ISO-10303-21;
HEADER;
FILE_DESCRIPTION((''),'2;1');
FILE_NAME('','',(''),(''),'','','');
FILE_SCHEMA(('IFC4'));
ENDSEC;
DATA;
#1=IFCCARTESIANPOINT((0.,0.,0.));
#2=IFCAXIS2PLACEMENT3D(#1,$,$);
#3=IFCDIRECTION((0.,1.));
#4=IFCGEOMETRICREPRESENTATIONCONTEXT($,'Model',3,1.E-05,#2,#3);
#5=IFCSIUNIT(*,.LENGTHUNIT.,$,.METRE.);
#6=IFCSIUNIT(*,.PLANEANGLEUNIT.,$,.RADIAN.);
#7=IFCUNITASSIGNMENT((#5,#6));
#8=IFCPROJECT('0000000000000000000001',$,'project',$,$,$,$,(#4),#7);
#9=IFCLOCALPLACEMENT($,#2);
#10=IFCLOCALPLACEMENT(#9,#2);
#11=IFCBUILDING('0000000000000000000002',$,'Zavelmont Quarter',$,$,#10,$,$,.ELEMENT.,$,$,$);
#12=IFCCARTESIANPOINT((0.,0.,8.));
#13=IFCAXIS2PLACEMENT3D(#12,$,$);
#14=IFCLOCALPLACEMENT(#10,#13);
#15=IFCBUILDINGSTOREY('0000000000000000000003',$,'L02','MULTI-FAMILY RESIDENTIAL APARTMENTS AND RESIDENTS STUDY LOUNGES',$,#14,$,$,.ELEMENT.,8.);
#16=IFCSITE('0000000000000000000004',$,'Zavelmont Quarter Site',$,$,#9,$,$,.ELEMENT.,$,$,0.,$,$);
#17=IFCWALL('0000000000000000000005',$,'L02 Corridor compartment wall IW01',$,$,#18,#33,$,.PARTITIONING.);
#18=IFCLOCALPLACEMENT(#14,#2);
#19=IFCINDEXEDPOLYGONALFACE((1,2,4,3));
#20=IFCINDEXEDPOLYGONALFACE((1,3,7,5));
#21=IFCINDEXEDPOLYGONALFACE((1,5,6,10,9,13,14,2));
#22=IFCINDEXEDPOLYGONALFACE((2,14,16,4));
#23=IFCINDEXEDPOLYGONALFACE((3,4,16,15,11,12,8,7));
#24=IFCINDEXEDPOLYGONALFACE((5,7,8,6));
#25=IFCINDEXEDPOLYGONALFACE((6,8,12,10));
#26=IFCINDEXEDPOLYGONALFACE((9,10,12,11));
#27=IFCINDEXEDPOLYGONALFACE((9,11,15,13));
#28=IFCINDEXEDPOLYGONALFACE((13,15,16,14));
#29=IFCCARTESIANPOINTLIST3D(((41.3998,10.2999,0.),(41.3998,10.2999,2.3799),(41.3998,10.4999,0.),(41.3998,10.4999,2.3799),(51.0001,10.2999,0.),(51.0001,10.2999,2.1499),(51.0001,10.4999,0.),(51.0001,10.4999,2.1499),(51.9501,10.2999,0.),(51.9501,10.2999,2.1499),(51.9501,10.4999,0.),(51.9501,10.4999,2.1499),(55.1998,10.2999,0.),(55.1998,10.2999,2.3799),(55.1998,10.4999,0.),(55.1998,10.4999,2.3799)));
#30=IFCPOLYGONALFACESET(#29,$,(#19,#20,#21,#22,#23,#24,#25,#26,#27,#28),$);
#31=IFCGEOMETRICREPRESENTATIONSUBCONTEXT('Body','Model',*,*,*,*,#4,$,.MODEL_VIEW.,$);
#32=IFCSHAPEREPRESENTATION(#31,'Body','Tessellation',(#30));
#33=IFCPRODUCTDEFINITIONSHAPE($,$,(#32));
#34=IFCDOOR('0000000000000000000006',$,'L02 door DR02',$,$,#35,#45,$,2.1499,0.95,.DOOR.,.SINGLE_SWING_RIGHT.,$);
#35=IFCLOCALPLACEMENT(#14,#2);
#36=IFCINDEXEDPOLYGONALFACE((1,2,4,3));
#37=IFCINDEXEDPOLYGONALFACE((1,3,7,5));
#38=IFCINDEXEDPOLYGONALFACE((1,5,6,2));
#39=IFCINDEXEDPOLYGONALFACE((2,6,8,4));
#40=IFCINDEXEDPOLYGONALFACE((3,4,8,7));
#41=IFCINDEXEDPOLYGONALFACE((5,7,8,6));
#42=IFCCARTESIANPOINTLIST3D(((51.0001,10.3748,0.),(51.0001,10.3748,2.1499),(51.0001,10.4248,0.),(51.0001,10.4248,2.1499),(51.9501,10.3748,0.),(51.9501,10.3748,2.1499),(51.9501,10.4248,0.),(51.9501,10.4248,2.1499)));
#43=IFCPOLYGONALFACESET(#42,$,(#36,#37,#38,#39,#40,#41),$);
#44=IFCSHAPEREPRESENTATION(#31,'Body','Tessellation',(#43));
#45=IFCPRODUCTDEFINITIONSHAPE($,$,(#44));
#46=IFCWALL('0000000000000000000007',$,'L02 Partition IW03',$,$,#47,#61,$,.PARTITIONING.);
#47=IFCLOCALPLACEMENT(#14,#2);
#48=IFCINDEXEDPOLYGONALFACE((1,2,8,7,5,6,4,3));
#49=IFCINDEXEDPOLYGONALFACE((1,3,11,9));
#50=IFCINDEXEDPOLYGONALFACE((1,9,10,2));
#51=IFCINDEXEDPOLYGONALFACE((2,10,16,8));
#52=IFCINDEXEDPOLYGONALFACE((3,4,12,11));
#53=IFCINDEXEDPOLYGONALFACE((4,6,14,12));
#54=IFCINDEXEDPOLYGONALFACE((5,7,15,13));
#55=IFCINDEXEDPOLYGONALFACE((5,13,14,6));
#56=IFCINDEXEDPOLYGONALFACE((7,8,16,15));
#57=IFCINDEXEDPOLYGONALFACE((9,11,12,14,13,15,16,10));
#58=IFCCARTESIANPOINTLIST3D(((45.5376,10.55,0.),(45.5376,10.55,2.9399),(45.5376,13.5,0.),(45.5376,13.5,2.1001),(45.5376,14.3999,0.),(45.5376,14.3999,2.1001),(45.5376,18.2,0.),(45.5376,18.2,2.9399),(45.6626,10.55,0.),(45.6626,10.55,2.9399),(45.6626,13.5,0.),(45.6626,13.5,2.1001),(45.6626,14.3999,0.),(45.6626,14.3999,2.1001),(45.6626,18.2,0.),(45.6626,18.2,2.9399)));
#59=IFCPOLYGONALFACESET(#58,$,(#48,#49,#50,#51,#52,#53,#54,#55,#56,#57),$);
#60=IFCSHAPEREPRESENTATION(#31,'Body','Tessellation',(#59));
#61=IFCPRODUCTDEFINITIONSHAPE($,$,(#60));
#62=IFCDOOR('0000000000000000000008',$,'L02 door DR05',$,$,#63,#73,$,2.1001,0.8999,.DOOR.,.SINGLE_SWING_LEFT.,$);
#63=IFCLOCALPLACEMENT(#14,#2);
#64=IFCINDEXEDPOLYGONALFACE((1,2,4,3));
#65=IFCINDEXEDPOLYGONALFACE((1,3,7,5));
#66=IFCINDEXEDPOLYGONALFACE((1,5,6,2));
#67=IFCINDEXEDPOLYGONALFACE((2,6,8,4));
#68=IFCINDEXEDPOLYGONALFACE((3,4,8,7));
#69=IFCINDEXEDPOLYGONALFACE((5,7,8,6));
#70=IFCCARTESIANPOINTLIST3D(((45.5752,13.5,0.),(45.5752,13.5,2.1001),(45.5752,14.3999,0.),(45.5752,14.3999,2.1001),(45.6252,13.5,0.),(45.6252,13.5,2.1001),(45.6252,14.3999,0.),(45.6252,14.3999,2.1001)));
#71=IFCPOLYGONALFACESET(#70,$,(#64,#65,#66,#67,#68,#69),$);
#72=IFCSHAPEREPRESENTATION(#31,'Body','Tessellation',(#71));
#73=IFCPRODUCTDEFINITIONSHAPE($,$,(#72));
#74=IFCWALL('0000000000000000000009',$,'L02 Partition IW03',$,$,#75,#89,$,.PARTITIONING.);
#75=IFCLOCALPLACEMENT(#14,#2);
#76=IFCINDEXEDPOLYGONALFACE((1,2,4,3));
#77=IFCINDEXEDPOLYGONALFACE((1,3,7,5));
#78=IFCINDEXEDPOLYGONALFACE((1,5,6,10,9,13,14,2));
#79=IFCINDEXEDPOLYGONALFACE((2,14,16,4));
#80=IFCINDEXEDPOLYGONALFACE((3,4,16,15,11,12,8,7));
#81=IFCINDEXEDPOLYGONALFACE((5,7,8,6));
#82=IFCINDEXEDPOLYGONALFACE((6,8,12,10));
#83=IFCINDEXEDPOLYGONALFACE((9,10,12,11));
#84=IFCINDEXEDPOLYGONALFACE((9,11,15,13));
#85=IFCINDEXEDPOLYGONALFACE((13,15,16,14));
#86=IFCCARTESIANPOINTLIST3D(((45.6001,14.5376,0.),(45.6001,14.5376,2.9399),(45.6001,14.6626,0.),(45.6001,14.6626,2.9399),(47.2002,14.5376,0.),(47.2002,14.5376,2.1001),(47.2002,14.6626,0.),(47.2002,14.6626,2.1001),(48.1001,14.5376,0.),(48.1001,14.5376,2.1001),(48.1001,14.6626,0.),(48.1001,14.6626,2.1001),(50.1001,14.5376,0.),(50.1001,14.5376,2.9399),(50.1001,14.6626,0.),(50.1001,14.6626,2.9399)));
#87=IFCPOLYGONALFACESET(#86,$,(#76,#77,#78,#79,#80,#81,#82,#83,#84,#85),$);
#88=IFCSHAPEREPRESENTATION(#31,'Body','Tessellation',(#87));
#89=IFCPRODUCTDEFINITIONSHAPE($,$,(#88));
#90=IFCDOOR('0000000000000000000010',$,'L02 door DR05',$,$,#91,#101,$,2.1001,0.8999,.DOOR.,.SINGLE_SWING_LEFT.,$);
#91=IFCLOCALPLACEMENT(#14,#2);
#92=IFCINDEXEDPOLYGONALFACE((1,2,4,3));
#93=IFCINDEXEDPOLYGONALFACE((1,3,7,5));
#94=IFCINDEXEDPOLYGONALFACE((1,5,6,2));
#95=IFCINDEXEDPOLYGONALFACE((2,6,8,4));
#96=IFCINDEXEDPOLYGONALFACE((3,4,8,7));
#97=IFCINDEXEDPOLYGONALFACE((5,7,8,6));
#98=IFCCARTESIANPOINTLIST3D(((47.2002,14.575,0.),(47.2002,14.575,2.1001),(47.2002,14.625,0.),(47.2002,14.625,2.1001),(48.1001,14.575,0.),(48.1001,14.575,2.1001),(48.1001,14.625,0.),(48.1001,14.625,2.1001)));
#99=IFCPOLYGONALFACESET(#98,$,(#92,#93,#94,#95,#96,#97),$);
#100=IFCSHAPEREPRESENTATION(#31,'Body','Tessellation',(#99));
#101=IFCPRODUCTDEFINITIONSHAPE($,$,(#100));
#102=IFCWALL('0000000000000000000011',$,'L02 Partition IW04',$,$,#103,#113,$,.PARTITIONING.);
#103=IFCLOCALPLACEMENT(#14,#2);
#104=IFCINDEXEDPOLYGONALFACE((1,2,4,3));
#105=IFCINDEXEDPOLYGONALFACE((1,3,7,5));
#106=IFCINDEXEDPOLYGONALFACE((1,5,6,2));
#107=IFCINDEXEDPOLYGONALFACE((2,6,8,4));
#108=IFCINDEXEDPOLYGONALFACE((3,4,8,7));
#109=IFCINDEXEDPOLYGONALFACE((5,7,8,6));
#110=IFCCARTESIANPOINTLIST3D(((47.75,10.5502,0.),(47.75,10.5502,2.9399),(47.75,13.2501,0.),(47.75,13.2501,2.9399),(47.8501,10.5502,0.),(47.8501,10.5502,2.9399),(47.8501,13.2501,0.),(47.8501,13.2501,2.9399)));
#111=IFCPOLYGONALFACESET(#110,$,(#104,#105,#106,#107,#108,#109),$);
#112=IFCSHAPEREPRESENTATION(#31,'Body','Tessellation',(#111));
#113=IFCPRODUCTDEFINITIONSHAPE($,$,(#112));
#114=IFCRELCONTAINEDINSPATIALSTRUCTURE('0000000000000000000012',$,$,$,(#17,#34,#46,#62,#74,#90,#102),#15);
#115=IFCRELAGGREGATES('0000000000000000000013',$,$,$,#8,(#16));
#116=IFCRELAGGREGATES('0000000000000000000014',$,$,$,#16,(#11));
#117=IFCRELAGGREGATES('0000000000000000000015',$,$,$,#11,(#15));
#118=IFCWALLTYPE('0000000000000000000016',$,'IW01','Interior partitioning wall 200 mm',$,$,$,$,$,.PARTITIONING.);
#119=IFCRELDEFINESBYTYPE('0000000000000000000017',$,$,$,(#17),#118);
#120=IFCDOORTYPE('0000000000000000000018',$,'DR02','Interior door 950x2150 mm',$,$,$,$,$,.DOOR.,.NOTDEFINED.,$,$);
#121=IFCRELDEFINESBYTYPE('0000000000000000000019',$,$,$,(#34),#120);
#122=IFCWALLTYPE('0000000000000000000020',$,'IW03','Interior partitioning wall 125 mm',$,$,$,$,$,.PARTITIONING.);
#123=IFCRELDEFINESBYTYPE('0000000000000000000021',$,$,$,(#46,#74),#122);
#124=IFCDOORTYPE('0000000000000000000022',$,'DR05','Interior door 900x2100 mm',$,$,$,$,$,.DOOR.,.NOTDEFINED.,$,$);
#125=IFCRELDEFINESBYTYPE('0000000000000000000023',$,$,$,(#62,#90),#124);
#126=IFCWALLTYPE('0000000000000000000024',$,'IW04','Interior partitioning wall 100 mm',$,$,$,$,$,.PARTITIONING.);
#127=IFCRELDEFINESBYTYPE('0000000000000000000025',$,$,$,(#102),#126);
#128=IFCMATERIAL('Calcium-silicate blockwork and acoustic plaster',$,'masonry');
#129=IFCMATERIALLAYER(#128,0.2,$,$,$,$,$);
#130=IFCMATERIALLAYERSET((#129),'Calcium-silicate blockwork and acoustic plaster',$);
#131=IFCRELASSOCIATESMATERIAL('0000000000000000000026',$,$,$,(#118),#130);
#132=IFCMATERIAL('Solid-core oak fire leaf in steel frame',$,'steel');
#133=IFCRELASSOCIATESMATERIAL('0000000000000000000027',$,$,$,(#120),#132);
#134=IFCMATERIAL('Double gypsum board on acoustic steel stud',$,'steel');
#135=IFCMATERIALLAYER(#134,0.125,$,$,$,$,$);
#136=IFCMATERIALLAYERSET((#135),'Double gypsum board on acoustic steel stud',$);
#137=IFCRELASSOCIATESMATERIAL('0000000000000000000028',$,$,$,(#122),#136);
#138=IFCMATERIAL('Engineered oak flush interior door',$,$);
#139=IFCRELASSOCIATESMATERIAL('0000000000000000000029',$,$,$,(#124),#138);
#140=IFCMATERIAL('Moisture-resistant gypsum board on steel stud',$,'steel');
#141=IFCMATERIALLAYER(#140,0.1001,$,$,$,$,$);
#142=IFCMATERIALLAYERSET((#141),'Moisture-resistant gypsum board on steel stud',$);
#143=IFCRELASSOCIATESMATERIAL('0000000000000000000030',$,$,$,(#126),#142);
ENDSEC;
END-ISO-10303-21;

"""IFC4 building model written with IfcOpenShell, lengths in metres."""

from ifc_helpers import new_model, si_unit, direction, frame, frame_2d, origin, origin_with_axes, place, context, subcontext, project, spatial, rectangle, extrude, material, layer, layer_set, type_object, element, fill, save


model = new_model("IFC4")

# Units and contexts
model_context = context("Model", 3, precision=1e-05, world=origin(), true_north=direction((0.0, 1.0)))
body_context = subcontext(model_context, "Body", "Model", "MODEL_VIEW")
ifc_project = project(units=[si_unit("LENGTHUNIT", "METRE"), si_unit("PLANEANGLEUNIT", "RADIAN")], contexts=[model_context])

# Site, building, storey
site_placement = place(None, origin())
site = spatial("IfcSite", under=ifc_project, at=site_placement, Name="Zavelmont Quarter Site", CompositionType="ELEMENT", RefElevation=0.0)
building_placement = place(site_placement, origin())
building = spatial("IfcBuilding", under=site, at=building_placement, Name="Zavelmont Quarter", CompositionType="ELEMENT")
storey_placement = place(building_placement, frame((0.0, 0.0, 8.0)))
storey = spatial("IfcBuildingStorey", under=building, at=storey_placement, Name="L02", Description="MULTI-FAMILY RESIDENTIAL APARTMENTS AND RESIDENTS STUDY LOUNGES", CompositionType="ELEMENT", Elevation=8.0)

# Shared definitions
ifc_material_1 = material(Name="Calcium-silicate blockwork and acoustic plaster", Category="masonry")
ifc_layer_1 = layer(ifc_material_1, 0.2)
ifc_layer_set_1 = layer_set([ifc_layer_1], Name="Calcium-silicate blockwork and acoustic plaster")
wall_type_1 = type_object("IfcWallType", Name="IW01", Description="Interior partitioning wall 200 mm", PredefinedType="PARTITIONING", material=ifc_layer_set_1)

# Walls, openings, doors
wall_1_placement = place(storey_placement, frame((41.3999, 10.3999, 0.0), z_axis=(0.0, 0.0, 1.0), x_axis=(1.0, 0.0, 0.0)))
wall_1 = element("IfcWall", 1, at=wall_1_placement, inside=storey, type_object=wall_type_1, Name="L02 Corridor compartment wall IW01", PredefinedType="PARTITIONING", context=body_context, shape_type="SweptSolid", body=[
    extrude(rectangle(XDim=13.8, YDim=0.2, at=frame_2d((6.8999, 0.0))), origin(), (0.0, 0.0, 1.0), 2.3799),
])
opening_1_placement = place(wall_1_placement, frame((9.6001, 0.0, 0.0)))
opening_1 = element("IfcOpeningElement", 2, at=opening_1_placement, cuts=wall_1, PredefinedType="OPENING", context=body_context, shape_type="SweptSolid", body=[
    extrude(rectangle(XDim=0.95, YDim=2.1499, at=frame_2d((0.4751, 1.075))), frame((0.0, 0.1118, 0.0), z_axis=(0.0, -1.0, 0.0), x_axis=(1.0, 0.0, 0.0)), (0.0, 0.0, 1.0), 0.2239),
])
ifc_material_2 = material(Name="Solid-core oak fire leaf in steel frame", Category="steel")
door_type_1 = type_object("IfcDoorType", Name="DR02", Description="Interior door 950x2150 mm", OperationType="NOTDEFINED", PredefinedType="DOOR", material=ifc_material_2)
door_1_placement = place(opening_1_placement, origin_with_axes())
door_1 = element("IfcDoor", 3, at=door_1_placement, inside=storey, type_object=door_type_1, Name="L02 door DR02", OperationType="SINGLE_SWING_RIGHT", OverallHeight=2.1499, OverallWidth=0.95, PredefinedType="DOOR", context=body_context, shape_type="SweptSolid", body=[
    extrude(rectangle(XDim=0.95, YDim=2.1499, at=frame_2d((0.4751, 1.075))), frame((0.0, 0.0249, 0.0), z_axis=(0.0, -1.0, 0.0), x_axis=(1.0, 0.0, 0.0)), (0.0, 0.0, 1.0), 0.05),
])
fill(opening_1, door_1)
ifc_material_3 = material(Name="Double gypsum board on acoustic steel stud", Category="steel")
ifc_layer_2 = layer(ifc_material_3, 0.125)
ifc_layer_set_2 = layer_set([ifc_layer_2], Name="Double gypsum board on acoustic steel stud")
wall_type_2 = type_object("IfcWallType", Name="IW03", Description="Interior partitioning wall 125 mm", PredefinedType="PARTITIONING", material=ifc_layer_set_2)
wall_2_placement = place(storey_placement, frame((45.6001, 10.55, 0.0), z_axis=(0.0, 0.0, 1.0), x_axis=(0.0, 1.0, 0.0)))
wall_2 = element("IfcWall", 4, at=wall_2_placement, inside=storey, type_object=wall_type_2, Name="L02 Partition IW03", PredefinedType="PARTITIONING", context=body_context, shape_type="SweptSolid", body=[
    extrude(rectangle(XDim=7.6499, YDim=0.125, at=frame_2d((3.825, 0.0))), origin(), (0.0, 0.0, 1.0), 2.9399),
])
opening_2_placement = place(wall_2_placement, frame((2.95, 0.0, 0.0)))
opening_2 = element("IfcOpeningElement", 5, at=opening_2_placement, cuts=wall_2, PredefinedType="OPENING", context=body_context, shape_type="SweptSolid", body=[
    extrude(rectangle(XDim=0.8999, YDim=2.1001, at=frame_2d((0.45, 1.05))), frame((0.0, 0.0745, 0.0), z_axis=(0.0, -1.0, 0.0), x_axis=(1.0, 0.0, 0.0)), (0.0, 0.0, 1.0), 0.1489),
])
ifc_material_4 = material(Name="Engineered oak flush interior door")
door_type_2 = type_object("IfcDoorType", Name="DR05", Description="Interior door 900x2100 mm", OperationType="NOTDEFINED", PredefinedType="DOOR", material=ifc_material_4)
door_2_placement = place(opening_2_placement, origin_with_axes())
door_2 = element("IfcDoor", 6, at=door_2_placement, inside=storey, type_object=door_type_2, Name="L02 door DR05", OperationType="SINGLE_SWING_LEFT", OverallHeight=2.1001, OverallWidth=0.8999, PredefinedType="DOOR", context=body_context, shape_type="SweptSolid", body=[
    extrude(rectangle(XDim=0.8999, YDim=2.1001, at=frame_2d((0.45, 1.05))), frame((0.0, 0.0249, 0.0), z_axis=(0.0, -1.0, 0.0), x_axis=(1.0, 0.0, 0.0)), (0.0, 0.0, 1.0), 0.05),
])
fill(opening_2, door_2)
wall_3_placement = place(storey_placement, frame((45.6001, 14.6001, 0.0), z_axis=(0.0, 0.0, 1.0), x_axis=(1.0, 0.0, 0.0)))
wall_3 = element("IfcWall", 7, at=wall_3_placement, inside=storey, type_object=wall_type_2, Name="L02 Partition IW03", PredefinedType="PARTITIONING", context=body_context, shape_type="SweptSolid", body=[
    extrude(rectangle(XDim=4.5, YDim=0.125, at=frame_2d((2.25, 0.0))), origin(), (0.0, 0.0, 1.0), 2.9399),
])
opening_3_placement = place(wall_3_placement, frame((1.6001, 0.0, 0.0)))
opening_3 = element("IfcOpeningElement", 8, at=opening_3_placement, cuts=wall_3, PredefinedType="OPENING", context=body_context, shape_type="SweptSolid", body=[
    extrude(rectangle(XDim=0.8999, YDim=2.1001, at=frame_2d((0.45, 1.05))), frame((0.0, 0.0745, 0.0), z_axis=(0.0, -1.0, 0.0), x_axis=(1.0, 0.0, 0.0)), (0.0, 0.0, 1.0), 0.1489),
])
door_3_placement = place(opening_3_placement, origin_with_axes())
door_3 = element("IfcDoor", 9, at=door_3_placement, inside=storey, type_object=door_type_2, Name="L02 door DR05", OperationType="SINGLE_SWING_LEFT", OverallHeight=2.1001, OverallWidth=0.8999, PredefinedType="DOOR", context=body_context, shape_type="SweptSolid", body=[
    extrude(rectangle(XDim=0.8999, YDim=2.1001, at=frame_2d((0.45, 1.05))), frame((0.0, 0.0249, 0.0), z_axis=(0.0, -1.0, 0.0), x_axis=(1.0, 0.0, 0.0)), (0.0, 0.0, 1.0), 0.05),
])
fill(opening_3, door_3)

# Wall
ifc_material_5 = material(Name="Moisture-resistant gypsum board on steel stud", Category="steel")
ifc_layer_3 = layer(ifc_material_5, 0.1001)
ifc_layer_set_3 = layer_set([ifc_layer_3], Name="Moisture-resistant gypsum board on steel stud")
wall_type_3 = type_object("IfcWallType", Name="IW04", Description="Interior partitioning wall 100 mm", PredefinedType="PARTITIONING", material=ifc_layer_set_3)
wall_4_placement = place(storey_placement, frame((47.8, 10.55, 0.0), z_axis=(0.0, 0.0, 1.0), x_axis=(0.0, 1.0, 0.0)))
element("IfcWall", 10, at=wall_4_placement, inside=storey, type_object=wall_type_3, Name="L02 Partition IW04", PredefinedType="PARTITIONING", context=body_context, shape_type="SweptSolid", body=[
    extrude(rectangle(XDim=2.7, YDim=0.1001, at=frame_2d((1.3501, 0.0))), origin(), (0.0, 0.0, 1.0), 2.9399),
])

save(model, "model.ifc")
